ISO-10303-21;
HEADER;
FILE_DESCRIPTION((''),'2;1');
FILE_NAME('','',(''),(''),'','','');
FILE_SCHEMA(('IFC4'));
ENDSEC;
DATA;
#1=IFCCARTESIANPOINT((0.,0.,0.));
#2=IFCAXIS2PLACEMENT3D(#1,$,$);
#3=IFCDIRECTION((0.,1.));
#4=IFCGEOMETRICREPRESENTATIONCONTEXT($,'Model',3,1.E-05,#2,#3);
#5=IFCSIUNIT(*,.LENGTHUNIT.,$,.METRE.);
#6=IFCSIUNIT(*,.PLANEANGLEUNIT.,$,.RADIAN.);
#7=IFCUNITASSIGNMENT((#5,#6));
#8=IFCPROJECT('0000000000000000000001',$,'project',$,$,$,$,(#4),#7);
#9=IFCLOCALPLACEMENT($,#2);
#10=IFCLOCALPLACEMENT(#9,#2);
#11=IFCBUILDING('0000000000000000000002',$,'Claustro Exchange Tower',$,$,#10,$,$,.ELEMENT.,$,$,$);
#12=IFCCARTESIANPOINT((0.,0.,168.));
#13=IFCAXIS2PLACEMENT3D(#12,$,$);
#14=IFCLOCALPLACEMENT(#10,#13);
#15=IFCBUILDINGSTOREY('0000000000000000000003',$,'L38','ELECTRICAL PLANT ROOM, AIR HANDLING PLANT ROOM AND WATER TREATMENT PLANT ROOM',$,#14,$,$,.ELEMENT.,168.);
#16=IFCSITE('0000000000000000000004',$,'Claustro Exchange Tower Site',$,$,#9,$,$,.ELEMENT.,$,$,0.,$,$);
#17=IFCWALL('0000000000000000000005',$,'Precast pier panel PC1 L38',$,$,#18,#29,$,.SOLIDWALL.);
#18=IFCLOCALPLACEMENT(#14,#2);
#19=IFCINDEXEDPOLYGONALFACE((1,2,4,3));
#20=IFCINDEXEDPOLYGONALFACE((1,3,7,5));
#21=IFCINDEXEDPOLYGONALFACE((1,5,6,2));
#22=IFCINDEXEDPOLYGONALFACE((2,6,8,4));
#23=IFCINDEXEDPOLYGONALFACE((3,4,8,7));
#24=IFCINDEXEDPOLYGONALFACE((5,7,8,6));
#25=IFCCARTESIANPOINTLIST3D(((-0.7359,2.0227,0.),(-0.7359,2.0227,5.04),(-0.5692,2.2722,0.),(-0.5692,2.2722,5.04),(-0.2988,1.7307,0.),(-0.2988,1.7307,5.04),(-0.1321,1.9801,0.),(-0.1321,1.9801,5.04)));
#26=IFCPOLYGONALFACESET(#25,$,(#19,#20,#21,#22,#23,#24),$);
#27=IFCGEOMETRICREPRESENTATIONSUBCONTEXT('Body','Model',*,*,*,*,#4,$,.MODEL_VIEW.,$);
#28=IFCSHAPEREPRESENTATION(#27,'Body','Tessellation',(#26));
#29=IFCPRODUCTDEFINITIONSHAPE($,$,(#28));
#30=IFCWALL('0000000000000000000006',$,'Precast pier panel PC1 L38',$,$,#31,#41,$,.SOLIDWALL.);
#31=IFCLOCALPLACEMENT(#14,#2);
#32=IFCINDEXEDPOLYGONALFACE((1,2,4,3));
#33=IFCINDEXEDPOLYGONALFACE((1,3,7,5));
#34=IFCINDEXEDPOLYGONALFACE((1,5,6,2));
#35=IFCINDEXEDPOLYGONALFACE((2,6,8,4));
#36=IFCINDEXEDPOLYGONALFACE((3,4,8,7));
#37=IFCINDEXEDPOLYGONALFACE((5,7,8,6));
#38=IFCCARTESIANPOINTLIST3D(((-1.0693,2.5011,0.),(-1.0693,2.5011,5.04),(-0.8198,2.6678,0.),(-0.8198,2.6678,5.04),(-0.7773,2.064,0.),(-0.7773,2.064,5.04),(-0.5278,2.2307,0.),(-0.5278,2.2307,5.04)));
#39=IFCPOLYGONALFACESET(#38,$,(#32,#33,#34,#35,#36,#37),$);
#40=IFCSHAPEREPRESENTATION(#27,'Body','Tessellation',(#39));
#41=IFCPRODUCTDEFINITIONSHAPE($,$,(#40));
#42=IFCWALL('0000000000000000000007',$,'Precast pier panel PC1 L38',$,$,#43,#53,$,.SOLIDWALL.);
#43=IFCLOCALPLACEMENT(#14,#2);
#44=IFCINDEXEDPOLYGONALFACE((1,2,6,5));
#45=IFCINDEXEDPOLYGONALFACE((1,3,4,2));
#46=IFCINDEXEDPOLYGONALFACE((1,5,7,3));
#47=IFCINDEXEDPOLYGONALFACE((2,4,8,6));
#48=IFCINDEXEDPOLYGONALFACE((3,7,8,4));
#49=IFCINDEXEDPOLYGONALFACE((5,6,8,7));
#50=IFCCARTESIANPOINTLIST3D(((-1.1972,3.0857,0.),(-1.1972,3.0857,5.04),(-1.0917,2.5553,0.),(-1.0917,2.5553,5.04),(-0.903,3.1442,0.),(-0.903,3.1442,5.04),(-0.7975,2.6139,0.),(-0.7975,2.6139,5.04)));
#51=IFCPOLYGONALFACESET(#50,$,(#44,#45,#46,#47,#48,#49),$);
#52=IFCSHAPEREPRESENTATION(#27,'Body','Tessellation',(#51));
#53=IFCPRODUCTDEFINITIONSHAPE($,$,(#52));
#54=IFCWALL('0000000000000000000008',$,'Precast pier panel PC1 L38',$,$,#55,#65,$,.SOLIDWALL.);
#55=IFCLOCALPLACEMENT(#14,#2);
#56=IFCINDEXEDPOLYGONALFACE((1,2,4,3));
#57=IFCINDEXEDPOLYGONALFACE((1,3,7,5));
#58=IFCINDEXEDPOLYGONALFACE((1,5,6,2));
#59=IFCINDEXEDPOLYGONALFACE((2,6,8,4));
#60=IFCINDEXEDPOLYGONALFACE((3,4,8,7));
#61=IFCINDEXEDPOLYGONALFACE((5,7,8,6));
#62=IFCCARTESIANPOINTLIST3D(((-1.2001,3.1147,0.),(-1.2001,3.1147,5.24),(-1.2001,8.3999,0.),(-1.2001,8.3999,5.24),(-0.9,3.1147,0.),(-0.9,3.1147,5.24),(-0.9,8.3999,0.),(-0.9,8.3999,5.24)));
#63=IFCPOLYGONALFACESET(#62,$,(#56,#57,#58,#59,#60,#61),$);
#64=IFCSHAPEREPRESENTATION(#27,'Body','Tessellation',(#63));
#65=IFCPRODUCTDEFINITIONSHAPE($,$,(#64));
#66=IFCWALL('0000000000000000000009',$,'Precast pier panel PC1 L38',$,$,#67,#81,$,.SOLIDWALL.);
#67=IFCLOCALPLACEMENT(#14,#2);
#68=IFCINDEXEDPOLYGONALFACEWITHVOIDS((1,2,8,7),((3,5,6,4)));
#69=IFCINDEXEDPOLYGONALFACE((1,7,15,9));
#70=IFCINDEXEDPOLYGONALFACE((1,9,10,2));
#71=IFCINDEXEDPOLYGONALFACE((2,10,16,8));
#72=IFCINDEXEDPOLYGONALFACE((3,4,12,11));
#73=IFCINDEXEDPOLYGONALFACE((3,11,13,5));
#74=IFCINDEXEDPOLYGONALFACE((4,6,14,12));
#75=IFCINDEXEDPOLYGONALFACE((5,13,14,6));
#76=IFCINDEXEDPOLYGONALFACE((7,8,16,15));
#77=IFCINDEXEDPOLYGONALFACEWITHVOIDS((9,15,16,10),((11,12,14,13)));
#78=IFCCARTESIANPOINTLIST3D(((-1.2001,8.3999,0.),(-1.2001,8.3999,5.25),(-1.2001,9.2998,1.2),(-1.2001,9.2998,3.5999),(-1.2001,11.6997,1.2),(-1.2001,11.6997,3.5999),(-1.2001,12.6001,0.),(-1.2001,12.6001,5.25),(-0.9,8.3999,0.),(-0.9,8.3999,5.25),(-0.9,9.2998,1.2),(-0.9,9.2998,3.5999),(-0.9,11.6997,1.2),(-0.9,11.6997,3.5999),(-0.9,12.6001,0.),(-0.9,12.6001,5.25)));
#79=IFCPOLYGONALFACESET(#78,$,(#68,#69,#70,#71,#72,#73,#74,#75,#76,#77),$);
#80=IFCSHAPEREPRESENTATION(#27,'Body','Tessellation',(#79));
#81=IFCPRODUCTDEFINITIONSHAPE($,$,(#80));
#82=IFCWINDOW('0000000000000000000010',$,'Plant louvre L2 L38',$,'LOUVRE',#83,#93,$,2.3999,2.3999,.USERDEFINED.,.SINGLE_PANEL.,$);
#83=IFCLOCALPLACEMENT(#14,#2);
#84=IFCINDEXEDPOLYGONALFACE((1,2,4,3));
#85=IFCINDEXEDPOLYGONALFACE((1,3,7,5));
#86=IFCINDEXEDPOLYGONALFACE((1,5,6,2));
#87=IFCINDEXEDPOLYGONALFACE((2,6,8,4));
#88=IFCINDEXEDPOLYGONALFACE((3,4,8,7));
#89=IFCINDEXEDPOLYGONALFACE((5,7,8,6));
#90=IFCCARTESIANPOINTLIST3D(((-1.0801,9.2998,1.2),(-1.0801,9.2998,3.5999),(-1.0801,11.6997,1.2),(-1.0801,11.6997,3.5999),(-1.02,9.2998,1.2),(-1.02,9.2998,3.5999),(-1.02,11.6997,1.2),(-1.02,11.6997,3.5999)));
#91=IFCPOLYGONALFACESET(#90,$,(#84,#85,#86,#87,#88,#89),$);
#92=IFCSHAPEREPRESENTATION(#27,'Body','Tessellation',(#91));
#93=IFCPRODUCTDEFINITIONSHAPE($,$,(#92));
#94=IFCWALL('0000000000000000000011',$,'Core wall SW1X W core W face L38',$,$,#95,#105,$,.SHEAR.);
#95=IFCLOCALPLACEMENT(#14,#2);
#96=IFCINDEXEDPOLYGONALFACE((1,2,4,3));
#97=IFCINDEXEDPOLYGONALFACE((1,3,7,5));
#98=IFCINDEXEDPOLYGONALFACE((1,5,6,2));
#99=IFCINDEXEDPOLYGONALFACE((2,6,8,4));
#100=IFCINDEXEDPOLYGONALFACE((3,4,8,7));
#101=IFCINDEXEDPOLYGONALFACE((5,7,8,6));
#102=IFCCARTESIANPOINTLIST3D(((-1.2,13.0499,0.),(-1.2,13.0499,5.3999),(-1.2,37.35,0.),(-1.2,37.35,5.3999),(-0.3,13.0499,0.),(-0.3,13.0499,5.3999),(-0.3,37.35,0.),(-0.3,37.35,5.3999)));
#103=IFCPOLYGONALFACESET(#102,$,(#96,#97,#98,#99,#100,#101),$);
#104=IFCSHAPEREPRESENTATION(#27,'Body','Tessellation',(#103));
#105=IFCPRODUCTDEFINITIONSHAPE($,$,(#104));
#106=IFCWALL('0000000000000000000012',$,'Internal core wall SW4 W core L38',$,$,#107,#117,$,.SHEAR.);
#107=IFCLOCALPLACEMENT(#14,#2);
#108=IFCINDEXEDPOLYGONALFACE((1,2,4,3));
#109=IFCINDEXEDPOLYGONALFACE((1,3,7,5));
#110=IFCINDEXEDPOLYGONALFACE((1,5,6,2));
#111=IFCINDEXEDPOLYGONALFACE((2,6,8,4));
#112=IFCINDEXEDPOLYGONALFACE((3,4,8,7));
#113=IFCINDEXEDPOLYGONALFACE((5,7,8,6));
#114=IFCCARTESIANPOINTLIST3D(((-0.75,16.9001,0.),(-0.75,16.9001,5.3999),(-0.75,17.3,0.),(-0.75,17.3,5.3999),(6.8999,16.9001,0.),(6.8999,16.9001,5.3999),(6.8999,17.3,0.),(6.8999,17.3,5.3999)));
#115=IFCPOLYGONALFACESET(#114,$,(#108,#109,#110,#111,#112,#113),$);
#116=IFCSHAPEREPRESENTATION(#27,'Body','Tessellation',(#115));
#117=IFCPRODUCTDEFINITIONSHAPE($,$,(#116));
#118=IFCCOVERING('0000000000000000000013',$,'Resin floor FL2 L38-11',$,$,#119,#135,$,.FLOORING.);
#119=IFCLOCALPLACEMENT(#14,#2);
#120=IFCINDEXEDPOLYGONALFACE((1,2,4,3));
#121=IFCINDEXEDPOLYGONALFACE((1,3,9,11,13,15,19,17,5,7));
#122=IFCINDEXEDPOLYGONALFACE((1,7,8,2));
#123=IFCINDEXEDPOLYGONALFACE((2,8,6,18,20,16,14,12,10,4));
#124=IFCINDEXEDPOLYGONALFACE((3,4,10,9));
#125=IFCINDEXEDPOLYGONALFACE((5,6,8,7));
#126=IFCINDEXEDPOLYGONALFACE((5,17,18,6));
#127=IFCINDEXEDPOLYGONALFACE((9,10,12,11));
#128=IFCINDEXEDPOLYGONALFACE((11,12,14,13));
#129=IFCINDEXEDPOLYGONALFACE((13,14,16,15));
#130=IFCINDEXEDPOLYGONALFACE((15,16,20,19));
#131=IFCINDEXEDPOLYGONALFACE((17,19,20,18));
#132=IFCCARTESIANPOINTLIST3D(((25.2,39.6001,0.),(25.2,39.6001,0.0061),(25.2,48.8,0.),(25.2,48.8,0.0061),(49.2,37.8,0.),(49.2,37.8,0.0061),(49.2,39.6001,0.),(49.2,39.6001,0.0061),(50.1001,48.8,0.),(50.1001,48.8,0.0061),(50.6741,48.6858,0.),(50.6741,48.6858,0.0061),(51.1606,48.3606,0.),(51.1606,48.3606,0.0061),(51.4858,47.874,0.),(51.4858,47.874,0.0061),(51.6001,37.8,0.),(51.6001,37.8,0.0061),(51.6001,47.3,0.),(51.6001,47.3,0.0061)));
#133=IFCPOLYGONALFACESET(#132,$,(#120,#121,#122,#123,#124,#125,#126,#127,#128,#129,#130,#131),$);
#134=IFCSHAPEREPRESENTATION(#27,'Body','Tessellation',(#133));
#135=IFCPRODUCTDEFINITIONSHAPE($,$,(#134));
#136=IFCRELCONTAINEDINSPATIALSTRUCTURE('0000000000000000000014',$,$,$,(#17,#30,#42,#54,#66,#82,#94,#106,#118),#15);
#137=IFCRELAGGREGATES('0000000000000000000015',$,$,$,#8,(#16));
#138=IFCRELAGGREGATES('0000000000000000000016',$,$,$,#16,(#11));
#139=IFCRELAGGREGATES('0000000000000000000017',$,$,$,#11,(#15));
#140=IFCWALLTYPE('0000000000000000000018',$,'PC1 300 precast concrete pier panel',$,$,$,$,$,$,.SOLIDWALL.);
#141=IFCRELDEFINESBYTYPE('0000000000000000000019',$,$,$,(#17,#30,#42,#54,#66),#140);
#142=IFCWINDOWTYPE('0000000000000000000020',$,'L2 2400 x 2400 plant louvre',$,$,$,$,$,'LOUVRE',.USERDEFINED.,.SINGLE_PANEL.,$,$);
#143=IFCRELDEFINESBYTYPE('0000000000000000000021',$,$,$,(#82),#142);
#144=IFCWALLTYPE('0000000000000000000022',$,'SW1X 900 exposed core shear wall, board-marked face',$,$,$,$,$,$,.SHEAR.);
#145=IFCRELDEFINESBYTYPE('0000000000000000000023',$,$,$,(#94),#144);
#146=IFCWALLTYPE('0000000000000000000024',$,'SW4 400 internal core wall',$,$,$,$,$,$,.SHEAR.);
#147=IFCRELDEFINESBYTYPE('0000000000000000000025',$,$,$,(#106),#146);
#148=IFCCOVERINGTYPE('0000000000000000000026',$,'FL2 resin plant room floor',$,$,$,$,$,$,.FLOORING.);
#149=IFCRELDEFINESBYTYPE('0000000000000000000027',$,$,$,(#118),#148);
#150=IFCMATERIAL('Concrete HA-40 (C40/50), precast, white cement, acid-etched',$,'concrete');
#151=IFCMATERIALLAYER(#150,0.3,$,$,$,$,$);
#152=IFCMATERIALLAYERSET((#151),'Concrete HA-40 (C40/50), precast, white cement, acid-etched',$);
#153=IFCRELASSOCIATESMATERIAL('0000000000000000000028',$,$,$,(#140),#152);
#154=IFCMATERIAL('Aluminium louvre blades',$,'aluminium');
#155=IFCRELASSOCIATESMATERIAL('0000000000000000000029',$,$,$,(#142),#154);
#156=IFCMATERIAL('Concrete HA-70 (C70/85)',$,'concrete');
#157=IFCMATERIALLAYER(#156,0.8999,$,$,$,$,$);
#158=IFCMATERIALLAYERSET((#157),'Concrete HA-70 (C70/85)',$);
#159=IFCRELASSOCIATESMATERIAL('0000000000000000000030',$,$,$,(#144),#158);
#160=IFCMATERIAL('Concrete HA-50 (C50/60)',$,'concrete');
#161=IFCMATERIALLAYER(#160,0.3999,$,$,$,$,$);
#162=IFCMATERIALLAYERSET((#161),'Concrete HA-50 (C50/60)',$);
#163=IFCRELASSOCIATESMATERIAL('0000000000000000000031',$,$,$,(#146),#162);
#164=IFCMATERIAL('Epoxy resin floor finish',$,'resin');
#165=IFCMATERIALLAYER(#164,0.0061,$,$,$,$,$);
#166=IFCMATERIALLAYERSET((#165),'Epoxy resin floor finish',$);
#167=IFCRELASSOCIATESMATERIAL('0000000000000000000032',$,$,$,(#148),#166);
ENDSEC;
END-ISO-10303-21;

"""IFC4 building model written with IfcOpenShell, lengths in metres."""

from ifc_helpers import new_model, si_unit, direction, frame, frame_2d, origin, place, context, subcontext, project, spatial, polyline, rectangle, outline, extrude, material, layer, layer_set, type_object, element, fill, save


model = new_model("IFC4")

# Units and contexts
model_context = context("Model", 3, precision=1e-05, world=origin(), true_north=direction((0.0, 1.0)))
body_context = subcontext(model_context, "Body", "Model", "MODEL_VIEW")
ifc_project = project(units=[si_unit("LENGTHUNIT", "METRE"), si_unit("PLANEANGLEUNIT", "RADIAN")], contexts=[model_context])

# Site, building, storey
site_placement = place(None, origin())
site = spatial("IfcSite", under=ifc_project, at=site_placement, Name="Claustro Exchange Tower Site", CompositionType="ELEMENT", RefElevation=0.0)
building_placement = place(site_placement, origin())
building = spatial("IfcBuilding", under=site, at=building_placement, Name="Claustro Exchange Tower", CompositionType="ELEMENT")
storey_placement = place(building_placement, frame((0.0, 0.0, 168.0)))
storey = spatial("IfcBuildingStorey", under=building, at=storey_placement, Name="L38", Description="ELECTRICAL PLANT ROOM, AIR HANDLING PLANT ROOM AND WATER TREATMENT PLANT ROOM", CompositionType="ELEMENT", Elevation=168.0)

# Walls
ifc_material_1 = material(Name="Concrete HA-40 (C40/50), precast, white cement, acid-etched", Category="concrete")
ifc_layer_1 = layer(ifc_material_1, 0.3)
ifc_layer_set_1 = layer_set([ifc_layer_1], Name="Concrete HA-40 (C40/50), precast, white cement, acid-etched")
wall_type_1 = type_object("IfcWallType", Name="PC1 300 precast concrete pier panel", PredefinedType="SOLIDWALL", material=ifc_layer_set_1)
for number, where, z_axis, x_axis, name in (
    (1, (-0.2156, 1.8555, 0.0), (0.0, 0.0, 1.0), (-0.831478, 0.555557, 0.0), "Precast pier panel PC1 L38"),
    (2, (-0.6526, 2.1475, 0.0), (0.0, 0.0, 1.0), (-0.555557, 0.831478, 0.0), "Precast pier panel PC1 L38"),
):
    element("IfcWall", number, at=place(storey_placement, frame(where, z_axis=z_axis, x_axis=x_axis)), inside=storey, type_object=wall_type_1, Name=name, PredefinedType="SOLIDWALL", context=body_context, shape_type="SweptSolid", body=[
        extrude(rectangle(XDim=0.5256, YDim=0.3, at=frame_2d((0.2627, 0.0))), origin(), (0.0, 0.0, 1.0), 5.04),
    ])
wall_1_placement = place(storey_placement, frame((-0.9446, 2.5845, 0.0), z_axis=(0.0, 0.0, 1.0), x_axis=(-0.195074, 0.980789, 0.0)))
element("IfcWall", 3, at=wall_1_placement, inside=storey, type_object=wall_type_1, Name="Precast pier panel PC1 L38", PredefinedType="SOLIDWALL", context=body_context, shape_type="SweptSolid", body=[
    extrude(rectangle(XDim=0.5408, YDim=0.3, at=frame_2d((0.2705, 0.0))), origin(), (0.0, 0.0, 1.0), 5.04),
])
wall_2_placement = place(storey_placement, frame((-1.05, 3.1147, 0.0), z_axis=(0.0, 0.0, 1.0), x_axis=(0.0, 1.0, 0.0)))
element("IfcWall", 4, at=wall_2_placement, inside=storey, type_object=wall_type_1, Name="Precast pier panel PC1 L38", PredefinedType="SOLIDWALL", context=body_context, shape_type="SweptSolid", body=[
    extrude(rectangle(XDim=5.2852, YDim=0.3, at=frame_2d((2.6426, 0.0))), origin(), (0.0, 0.0, 1.0), 5.24),
])

# Wall, opening, window
wall_3_placement = place(storey_placement, frame((-1.05, 8.3999, 0.0), z_axis=(0.0, 0.0, 1.0), x_axis=(0.0, 1.0, 0.0)))
wall_3 = element("IfcWall", 5, at=wall_3_placement, inside=storey, type_object=wall_type_1, Name="Precast pier panel PC1 L38", PredefinedType="SOLIDWALL", context=body_context, shape_type="SweptSolid", body=[
    extrude(rectangle(XDim=4.2002, YDim=0.3, at=frame_2d((2.1001, 0.0))), origin(), (0.0, 0.0, 1.0), 5.25),
])
opening_1_placement = place(wall_3_placement, frame((0.8999, 0.0, 1.2)))
opening_1 = element("IfcOpeningElement", 6, at=opening_1_placement, cuts=wall_3, PredefinedType="OPENING", context=body_context, shape_type="SweptSolid", body=[
    extrude(rectangle(XDim=2.3999, YDim=2.3999, at=frame_2d((1.2, 1.2))), frame((0.0, 0.1599, 0.0), z_axis=(0.0, -1.0, 0.0), x_axis=(1.0, 0.0, 0.0)), (0.0, 0.0, 1.0), 0.3201),
])
ifc_material_2 = material(Name="Aluminium louvre blades", Category="aluminium")
window_type = type_object("IfcWindowType", Name="L2 2400 x 2400 plant louvre", ElementType="LOUVRE", PartitioningType="SINGLE_PANEL", PredefinedType="USERDEFINED", material=ifc_material_2)
window_placement = place(opening_1_placement, origin())
window = element("IfcWindow", 7, at=window_placement, inside=storey, type_object=window_type, Name="Plant louvre L2 L38", ObjectType="LOUVRE", OverallHeight=2.3999, OverallWidth=2.3999, PartitioningType="SINGLE_PANEL", PredefinedType="USERDEFINED", context=body_context, shape_type="SweptSolid", body=[
    extrude(rectangle(XDim=2.3999, YDim=2.3999, at=frame_2d((1.2, 1.2))), frame((0.0, 0.03, 0.0), z_axis=(0.0, -1.0, 0.0), x_axis=(1.0, 0.0, 0.0)), (0.0, 0.0, 1.0), 0.0601),
])
fill(opening_1, window)

# Walls
ifc_material_3 = material(Name="Concrete HA-70 (C70/85)", Category="concrete")
ifc_layer_2 = layer(ifc_material_3, 0.8999)
ifc_layer_set_2 = layer_set([ifc_layer_2], Name="Concrete HA-70 (C70/85)")
wall_type_2 = type_object("IfcWallType", Name="SW1X 900 exposed core shear wall, board-marked face", PredefinedType="SHEAR", material=ifc_layer_set_2)
wall_4_placement = place(storey_placement, frame((-0.75, 13.05, 0.0), z_axis=(0.0, 0.0, 1.0), x_axis=(0.0, 1.0, 0.0)))
element("IfcWall", 8, at=wall_4_placement, inside=storey, type_object=wall_type_2, Name="Core wall SW1X W core W face L38", PredefinedType="SHEAR", context=body_context, shape_type="SweptSolid", body=[
    extrude(rectangle(XDim=24.3, YDim=0.8999, at=frame_2d((12.1499, 0.0))), origin(), (0.0, 0.0, 1.0), 5.3999),
])
ifc_material_4 = material(Name="Concrete HA-50 (C50/60)", Category="concrete")
ifc_layer_3 = layer(ifc_material_4, 0.3999)
ifc_layer_set_3 = layer_set([ifc_layer_3], Name="Concrete HA-50 (C50/60)")
wall_type_3 = type_object("IfcWallType", Name="SW4 400 internal core wall", PredefinedType="SHEAR", material=ifc_layer_set_3)
wall_5_placement = place(storey_placement, frame((-0.75, 17.1001, 0.0), z_axis=(0.0, 0.0, 1.0), x_axis=(1.0, 0.0, 0.0)))
element("IfcWall", 9, at=wall_5_placement, inside=storey, type_object=wall_type_3, Name="Internal core wall SW4 W core L38", PredefinedType="SHEAR", context=body_context, shape_type="SweptSolid", body=[
    extrude(rectangle(XDim=7.6499, YDim=0.3999, at=frame_2d((3.825, 0.0))), origin(), (0.0, 0.0, 1.0), 5.3999),
])

# Covering
ifc_material_5 = material(Name="Epoxy resin floor finish", Category="resin")
ifc_layer_4 = layer(ifc_material_5, 0.0061)
ifc_layer_set_4 = layer_set([ifc_layer_4], Name="Epoxy resin floor finish")
covering_type = type_object("IfcCoveringType", Name="FL2 resin plant room floor", PredefinedType="FLOORING", material=ifc_layer_set_4)
covering_placement = place(storey_placement, origin())
element("IfcCovering", 10, at=covering_placement, inside=storey, type_object=covering_type, Name="Resin floor FL2 L38-11", PredefinedType="FLOORING", context=body_context, shape_type="SweptSolid", body=[
    extrude(outline(polyline([(50.1001, 48.8), (25.2, 48.8), (25.2, 39.6001), (49.2, 39.6001), (49.2, 37.8), (51.6001, 37.8), (51.6001, 47.3), (51.4858, 47.874), (51.1606, 48.3606), (50.6741, 48.6858), (50.1001, 48.8)])), origin(), (0.0, 0.0, 1.0), 0.0061),
])

save(model, "model.ifc")
